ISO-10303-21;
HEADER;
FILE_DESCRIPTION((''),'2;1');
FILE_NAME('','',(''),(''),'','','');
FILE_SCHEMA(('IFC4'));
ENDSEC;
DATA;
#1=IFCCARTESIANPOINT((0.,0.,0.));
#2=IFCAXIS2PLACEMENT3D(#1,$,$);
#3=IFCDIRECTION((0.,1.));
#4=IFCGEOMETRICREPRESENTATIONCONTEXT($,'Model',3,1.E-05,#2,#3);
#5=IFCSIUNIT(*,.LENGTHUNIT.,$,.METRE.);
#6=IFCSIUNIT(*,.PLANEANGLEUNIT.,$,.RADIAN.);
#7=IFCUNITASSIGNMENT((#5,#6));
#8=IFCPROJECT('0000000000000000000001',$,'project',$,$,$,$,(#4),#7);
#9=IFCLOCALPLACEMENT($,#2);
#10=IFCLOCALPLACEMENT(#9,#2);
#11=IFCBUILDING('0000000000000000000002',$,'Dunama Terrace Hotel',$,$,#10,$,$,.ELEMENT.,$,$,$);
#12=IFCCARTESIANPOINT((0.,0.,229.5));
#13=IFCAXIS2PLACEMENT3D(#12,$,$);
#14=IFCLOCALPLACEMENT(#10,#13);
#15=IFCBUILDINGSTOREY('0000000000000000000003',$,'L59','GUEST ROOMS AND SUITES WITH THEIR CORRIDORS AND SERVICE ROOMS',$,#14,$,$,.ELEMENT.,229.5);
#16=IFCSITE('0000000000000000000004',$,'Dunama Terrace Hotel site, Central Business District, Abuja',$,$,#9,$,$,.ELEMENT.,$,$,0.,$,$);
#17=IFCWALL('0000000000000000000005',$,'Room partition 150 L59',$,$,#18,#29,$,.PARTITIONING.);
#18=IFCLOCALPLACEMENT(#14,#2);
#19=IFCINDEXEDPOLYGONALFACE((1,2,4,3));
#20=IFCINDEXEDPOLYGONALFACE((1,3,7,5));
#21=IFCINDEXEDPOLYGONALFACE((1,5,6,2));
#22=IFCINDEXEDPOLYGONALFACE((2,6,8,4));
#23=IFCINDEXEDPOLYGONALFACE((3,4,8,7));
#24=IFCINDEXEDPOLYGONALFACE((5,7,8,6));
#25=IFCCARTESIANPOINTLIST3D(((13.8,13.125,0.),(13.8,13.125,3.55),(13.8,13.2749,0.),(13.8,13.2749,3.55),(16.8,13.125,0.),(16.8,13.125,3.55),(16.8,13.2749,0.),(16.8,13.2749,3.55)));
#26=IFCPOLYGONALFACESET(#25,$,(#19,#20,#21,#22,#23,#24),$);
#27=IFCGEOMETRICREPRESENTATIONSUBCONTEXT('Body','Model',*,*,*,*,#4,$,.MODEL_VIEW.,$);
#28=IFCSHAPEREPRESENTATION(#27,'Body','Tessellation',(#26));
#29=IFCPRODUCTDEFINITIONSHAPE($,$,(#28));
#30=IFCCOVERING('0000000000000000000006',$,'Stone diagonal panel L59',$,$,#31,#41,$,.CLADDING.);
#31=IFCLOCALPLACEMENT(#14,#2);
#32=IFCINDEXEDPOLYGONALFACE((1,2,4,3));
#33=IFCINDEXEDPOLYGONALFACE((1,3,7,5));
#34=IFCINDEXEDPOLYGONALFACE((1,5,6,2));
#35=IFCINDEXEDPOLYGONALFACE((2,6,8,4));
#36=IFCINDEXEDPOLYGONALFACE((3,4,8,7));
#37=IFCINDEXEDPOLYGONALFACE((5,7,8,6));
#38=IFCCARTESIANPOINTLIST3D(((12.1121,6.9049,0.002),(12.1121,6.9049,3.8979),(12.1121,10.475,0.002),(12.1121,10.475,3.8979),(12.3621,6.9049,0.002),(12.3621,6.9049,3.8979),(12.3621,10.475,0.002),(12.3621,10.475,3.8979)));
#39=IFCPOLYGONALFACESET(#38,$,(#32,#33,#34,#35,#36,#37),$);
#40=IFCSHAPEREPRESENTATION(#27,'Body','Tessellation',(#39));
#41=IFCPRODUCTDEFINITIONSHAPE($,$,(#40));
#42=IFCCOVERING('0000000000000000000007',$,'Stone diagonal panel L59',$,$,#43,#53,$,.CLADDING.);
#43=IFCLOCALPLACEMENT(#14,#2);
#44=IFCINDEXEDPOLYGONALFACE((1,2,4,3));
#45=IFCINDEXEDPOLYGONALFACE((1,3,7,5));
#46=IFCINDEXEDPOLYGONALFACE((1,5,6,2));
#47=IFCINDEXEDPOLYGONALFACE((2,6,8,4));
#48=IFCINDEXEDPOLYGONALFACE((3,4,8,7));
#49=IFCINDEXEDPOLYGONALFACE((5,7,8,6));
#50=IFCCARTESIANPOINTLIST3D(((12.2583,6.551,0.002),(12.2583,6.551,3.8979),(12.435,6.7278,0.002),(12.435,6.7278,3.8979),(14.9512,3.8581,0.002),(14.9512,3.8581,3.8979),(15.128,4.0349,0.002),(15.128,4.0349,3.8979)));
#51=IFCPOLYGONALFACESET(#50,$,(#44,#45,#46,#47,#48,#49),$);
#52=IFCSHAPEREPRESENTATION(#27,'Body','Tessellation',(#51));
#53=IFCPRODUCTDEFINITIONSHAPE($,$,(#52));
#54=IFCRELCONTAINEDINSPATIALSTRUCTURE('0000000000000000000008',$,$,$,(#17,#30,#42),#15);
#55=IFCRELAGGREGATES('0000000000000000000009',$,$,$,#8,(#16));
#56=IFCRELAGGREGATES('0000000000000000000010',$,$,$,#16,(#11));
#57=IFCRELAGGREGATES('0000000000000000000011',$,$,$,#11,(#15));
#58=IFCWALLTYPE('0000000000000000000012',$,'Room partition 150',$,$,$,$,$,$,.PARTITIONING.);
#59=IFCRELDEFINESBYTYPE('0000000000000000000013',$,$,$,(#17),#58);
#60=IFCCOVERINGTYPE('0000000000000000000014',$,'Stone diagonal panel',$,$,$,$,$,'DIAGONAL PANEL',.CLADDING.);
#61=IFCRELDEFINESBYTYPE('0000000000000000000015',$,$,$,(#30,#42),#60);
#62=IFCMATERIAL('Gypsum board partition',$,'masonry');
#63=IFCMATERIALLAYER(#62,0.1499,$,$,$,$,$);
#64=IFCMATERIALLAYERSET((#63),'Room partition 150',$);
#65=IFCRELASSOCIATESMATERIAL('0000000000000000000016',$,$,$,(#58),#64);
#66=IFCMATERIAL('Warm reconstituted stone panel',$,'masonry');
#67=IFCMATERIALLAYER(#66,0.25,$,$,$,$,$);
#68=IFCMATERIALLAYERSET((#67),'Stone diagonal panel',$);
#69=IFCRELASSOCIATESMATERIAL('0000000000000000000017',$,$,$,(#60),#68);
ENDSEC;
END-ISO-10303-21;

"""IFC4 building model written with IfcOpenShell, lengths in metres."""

from ifc_helpers import new_model, si_unit, direction, frame, frame_2d, origin, origin_2d, place, context, subcontext, project, spatial, rectangle, extrude, material, layer, layer_set, type_object, element, save


model = new_model("IFC4")

# Units and contexts
model_context = context("Model", 3, precision=1e-05, world=origin(), true_north=direction((0.0, 1.0)))
body_context = subcontext(model_context, "Body", "Model", "MODEL_VIEW")
ifc_project = project(units=[si_unit("LENGTHUNIT", "METRE"), si_unit("PLANEANGLEUNIT", "RADIAN")], contexts=[model_context])

# Site, building, storey
site_placement = place(None, origin())
site = spatial("IfcSite", under=ifc_project, at=site_placement, Name="Dunama Terrace Hotel site, Central Business District, Abuja", CompositionType="ELEMENT", RefElevation=0.0)
building_placement = place(site_placement, origin())
building = spatial("IfcBuilding", under=site, at=building_placement, Name="Dunama Terrace Hotel", CompositionType="ELEMENT")
storey_placement = place(building_placement, frame((0.0, 0.0, 229.5)))
storey = spatial("IfcBuildingStorey", under=building, at=storey_placement, Name="L59", Description="GUEST ROOMS AND SUITES WITH THEIR CORRIDORS AND SERVICE ROOMS", CompositionType="ELEMENT", Elevation=229.5)

# Shared definitions
ifc_material_1 = material(Name="Gypsum board partition", Category="masonry")
ifc_layer_1 = layer(ifc_material_1, 0.1499)
ifc_layer_set_1 = layer_set([ifc_layer_1], Name="Room partition 150")
wall_type_1 = type_object("IfcWallType", Name="Room partition 150", PredefinedType="PARTITIONING", material=ifc_layer_set_1)

# Wall
wall_1_placement = place(storey_placement, frame((13.8, 13.2, 0.0), z_axis=(0.0, 0.0, 1.0), x_axis=(1.0, 0.0, 0.0)))
element("IfcWall", 1, at=wall_1_placement, inside=storey, type_object=wall_type_1, Name="Room partition 150 L59", PredefinedType="PARTITIONING", context=body_context, shape_type="SweptSolid", body=[
    extrude(rectangle(XDim=3.0, YDim=0.1499, at=frame_2d((1.5, 0.0))), origin(), (0.0, 0.0, 1.0), 3.55),
])

# Coverings
ifc_material_2 = material(Name="Warm reconstituted stone panel", Category="masonry")
ifc_layer_2 = layer(ifc_material_2, 0.25)
ifc_layer_set_2 = layer_set([ifc_layer_2], Name="Stone diagonal panel")
covering_type = type_object("IfcCoveringType", Name="Stone diagonal panel", ElementType="DIAGONAL PANEL", PredefinedType="CLADDING", material=ifc_layer_set_2)
covering_1_placement = place(storey_placement, frame((12.2371, 8.6899, 0.002), z_axis=(0.0, 0.0, 1.0), x_axis=(0.0, -1.0, 0.0)))
element("IfcCovering", 2, at=covering_1_placement, inside=storey, type_object=covering_type, Name="Stone diagonal panel L59", PredefinedType="CLADDING", context=body_context, shape_type="SweptSolid", body=[
    extrude(rectangle(XDim=3.5701, YDim=0.25, at=origin_2d()), origin(), (0.0, 0.0, 1.0), 3.896),
])
covering_2_placement = place(storey_placement, frame((13.6931, 5.293, 0.002), z_axis=(0.0, 0.0, 1.0), x_axis=(0.707107, -0.707107, 0.0)))
element("IfcCovering", 3, at=covering_2_placement, inside=storey, type_object=covering_type, Name="Stone diagonal panel L59", PredefinedType="CLADDING", context=body_context, shape_type="SweptSolid", body=[
    extrude(rectangle(XDim=3.8083, YDim=0.25, at=origin_2d()), origin(), (0.0, 0.0, 1.0), 3.896),
])

save(model, "model.ifc")
